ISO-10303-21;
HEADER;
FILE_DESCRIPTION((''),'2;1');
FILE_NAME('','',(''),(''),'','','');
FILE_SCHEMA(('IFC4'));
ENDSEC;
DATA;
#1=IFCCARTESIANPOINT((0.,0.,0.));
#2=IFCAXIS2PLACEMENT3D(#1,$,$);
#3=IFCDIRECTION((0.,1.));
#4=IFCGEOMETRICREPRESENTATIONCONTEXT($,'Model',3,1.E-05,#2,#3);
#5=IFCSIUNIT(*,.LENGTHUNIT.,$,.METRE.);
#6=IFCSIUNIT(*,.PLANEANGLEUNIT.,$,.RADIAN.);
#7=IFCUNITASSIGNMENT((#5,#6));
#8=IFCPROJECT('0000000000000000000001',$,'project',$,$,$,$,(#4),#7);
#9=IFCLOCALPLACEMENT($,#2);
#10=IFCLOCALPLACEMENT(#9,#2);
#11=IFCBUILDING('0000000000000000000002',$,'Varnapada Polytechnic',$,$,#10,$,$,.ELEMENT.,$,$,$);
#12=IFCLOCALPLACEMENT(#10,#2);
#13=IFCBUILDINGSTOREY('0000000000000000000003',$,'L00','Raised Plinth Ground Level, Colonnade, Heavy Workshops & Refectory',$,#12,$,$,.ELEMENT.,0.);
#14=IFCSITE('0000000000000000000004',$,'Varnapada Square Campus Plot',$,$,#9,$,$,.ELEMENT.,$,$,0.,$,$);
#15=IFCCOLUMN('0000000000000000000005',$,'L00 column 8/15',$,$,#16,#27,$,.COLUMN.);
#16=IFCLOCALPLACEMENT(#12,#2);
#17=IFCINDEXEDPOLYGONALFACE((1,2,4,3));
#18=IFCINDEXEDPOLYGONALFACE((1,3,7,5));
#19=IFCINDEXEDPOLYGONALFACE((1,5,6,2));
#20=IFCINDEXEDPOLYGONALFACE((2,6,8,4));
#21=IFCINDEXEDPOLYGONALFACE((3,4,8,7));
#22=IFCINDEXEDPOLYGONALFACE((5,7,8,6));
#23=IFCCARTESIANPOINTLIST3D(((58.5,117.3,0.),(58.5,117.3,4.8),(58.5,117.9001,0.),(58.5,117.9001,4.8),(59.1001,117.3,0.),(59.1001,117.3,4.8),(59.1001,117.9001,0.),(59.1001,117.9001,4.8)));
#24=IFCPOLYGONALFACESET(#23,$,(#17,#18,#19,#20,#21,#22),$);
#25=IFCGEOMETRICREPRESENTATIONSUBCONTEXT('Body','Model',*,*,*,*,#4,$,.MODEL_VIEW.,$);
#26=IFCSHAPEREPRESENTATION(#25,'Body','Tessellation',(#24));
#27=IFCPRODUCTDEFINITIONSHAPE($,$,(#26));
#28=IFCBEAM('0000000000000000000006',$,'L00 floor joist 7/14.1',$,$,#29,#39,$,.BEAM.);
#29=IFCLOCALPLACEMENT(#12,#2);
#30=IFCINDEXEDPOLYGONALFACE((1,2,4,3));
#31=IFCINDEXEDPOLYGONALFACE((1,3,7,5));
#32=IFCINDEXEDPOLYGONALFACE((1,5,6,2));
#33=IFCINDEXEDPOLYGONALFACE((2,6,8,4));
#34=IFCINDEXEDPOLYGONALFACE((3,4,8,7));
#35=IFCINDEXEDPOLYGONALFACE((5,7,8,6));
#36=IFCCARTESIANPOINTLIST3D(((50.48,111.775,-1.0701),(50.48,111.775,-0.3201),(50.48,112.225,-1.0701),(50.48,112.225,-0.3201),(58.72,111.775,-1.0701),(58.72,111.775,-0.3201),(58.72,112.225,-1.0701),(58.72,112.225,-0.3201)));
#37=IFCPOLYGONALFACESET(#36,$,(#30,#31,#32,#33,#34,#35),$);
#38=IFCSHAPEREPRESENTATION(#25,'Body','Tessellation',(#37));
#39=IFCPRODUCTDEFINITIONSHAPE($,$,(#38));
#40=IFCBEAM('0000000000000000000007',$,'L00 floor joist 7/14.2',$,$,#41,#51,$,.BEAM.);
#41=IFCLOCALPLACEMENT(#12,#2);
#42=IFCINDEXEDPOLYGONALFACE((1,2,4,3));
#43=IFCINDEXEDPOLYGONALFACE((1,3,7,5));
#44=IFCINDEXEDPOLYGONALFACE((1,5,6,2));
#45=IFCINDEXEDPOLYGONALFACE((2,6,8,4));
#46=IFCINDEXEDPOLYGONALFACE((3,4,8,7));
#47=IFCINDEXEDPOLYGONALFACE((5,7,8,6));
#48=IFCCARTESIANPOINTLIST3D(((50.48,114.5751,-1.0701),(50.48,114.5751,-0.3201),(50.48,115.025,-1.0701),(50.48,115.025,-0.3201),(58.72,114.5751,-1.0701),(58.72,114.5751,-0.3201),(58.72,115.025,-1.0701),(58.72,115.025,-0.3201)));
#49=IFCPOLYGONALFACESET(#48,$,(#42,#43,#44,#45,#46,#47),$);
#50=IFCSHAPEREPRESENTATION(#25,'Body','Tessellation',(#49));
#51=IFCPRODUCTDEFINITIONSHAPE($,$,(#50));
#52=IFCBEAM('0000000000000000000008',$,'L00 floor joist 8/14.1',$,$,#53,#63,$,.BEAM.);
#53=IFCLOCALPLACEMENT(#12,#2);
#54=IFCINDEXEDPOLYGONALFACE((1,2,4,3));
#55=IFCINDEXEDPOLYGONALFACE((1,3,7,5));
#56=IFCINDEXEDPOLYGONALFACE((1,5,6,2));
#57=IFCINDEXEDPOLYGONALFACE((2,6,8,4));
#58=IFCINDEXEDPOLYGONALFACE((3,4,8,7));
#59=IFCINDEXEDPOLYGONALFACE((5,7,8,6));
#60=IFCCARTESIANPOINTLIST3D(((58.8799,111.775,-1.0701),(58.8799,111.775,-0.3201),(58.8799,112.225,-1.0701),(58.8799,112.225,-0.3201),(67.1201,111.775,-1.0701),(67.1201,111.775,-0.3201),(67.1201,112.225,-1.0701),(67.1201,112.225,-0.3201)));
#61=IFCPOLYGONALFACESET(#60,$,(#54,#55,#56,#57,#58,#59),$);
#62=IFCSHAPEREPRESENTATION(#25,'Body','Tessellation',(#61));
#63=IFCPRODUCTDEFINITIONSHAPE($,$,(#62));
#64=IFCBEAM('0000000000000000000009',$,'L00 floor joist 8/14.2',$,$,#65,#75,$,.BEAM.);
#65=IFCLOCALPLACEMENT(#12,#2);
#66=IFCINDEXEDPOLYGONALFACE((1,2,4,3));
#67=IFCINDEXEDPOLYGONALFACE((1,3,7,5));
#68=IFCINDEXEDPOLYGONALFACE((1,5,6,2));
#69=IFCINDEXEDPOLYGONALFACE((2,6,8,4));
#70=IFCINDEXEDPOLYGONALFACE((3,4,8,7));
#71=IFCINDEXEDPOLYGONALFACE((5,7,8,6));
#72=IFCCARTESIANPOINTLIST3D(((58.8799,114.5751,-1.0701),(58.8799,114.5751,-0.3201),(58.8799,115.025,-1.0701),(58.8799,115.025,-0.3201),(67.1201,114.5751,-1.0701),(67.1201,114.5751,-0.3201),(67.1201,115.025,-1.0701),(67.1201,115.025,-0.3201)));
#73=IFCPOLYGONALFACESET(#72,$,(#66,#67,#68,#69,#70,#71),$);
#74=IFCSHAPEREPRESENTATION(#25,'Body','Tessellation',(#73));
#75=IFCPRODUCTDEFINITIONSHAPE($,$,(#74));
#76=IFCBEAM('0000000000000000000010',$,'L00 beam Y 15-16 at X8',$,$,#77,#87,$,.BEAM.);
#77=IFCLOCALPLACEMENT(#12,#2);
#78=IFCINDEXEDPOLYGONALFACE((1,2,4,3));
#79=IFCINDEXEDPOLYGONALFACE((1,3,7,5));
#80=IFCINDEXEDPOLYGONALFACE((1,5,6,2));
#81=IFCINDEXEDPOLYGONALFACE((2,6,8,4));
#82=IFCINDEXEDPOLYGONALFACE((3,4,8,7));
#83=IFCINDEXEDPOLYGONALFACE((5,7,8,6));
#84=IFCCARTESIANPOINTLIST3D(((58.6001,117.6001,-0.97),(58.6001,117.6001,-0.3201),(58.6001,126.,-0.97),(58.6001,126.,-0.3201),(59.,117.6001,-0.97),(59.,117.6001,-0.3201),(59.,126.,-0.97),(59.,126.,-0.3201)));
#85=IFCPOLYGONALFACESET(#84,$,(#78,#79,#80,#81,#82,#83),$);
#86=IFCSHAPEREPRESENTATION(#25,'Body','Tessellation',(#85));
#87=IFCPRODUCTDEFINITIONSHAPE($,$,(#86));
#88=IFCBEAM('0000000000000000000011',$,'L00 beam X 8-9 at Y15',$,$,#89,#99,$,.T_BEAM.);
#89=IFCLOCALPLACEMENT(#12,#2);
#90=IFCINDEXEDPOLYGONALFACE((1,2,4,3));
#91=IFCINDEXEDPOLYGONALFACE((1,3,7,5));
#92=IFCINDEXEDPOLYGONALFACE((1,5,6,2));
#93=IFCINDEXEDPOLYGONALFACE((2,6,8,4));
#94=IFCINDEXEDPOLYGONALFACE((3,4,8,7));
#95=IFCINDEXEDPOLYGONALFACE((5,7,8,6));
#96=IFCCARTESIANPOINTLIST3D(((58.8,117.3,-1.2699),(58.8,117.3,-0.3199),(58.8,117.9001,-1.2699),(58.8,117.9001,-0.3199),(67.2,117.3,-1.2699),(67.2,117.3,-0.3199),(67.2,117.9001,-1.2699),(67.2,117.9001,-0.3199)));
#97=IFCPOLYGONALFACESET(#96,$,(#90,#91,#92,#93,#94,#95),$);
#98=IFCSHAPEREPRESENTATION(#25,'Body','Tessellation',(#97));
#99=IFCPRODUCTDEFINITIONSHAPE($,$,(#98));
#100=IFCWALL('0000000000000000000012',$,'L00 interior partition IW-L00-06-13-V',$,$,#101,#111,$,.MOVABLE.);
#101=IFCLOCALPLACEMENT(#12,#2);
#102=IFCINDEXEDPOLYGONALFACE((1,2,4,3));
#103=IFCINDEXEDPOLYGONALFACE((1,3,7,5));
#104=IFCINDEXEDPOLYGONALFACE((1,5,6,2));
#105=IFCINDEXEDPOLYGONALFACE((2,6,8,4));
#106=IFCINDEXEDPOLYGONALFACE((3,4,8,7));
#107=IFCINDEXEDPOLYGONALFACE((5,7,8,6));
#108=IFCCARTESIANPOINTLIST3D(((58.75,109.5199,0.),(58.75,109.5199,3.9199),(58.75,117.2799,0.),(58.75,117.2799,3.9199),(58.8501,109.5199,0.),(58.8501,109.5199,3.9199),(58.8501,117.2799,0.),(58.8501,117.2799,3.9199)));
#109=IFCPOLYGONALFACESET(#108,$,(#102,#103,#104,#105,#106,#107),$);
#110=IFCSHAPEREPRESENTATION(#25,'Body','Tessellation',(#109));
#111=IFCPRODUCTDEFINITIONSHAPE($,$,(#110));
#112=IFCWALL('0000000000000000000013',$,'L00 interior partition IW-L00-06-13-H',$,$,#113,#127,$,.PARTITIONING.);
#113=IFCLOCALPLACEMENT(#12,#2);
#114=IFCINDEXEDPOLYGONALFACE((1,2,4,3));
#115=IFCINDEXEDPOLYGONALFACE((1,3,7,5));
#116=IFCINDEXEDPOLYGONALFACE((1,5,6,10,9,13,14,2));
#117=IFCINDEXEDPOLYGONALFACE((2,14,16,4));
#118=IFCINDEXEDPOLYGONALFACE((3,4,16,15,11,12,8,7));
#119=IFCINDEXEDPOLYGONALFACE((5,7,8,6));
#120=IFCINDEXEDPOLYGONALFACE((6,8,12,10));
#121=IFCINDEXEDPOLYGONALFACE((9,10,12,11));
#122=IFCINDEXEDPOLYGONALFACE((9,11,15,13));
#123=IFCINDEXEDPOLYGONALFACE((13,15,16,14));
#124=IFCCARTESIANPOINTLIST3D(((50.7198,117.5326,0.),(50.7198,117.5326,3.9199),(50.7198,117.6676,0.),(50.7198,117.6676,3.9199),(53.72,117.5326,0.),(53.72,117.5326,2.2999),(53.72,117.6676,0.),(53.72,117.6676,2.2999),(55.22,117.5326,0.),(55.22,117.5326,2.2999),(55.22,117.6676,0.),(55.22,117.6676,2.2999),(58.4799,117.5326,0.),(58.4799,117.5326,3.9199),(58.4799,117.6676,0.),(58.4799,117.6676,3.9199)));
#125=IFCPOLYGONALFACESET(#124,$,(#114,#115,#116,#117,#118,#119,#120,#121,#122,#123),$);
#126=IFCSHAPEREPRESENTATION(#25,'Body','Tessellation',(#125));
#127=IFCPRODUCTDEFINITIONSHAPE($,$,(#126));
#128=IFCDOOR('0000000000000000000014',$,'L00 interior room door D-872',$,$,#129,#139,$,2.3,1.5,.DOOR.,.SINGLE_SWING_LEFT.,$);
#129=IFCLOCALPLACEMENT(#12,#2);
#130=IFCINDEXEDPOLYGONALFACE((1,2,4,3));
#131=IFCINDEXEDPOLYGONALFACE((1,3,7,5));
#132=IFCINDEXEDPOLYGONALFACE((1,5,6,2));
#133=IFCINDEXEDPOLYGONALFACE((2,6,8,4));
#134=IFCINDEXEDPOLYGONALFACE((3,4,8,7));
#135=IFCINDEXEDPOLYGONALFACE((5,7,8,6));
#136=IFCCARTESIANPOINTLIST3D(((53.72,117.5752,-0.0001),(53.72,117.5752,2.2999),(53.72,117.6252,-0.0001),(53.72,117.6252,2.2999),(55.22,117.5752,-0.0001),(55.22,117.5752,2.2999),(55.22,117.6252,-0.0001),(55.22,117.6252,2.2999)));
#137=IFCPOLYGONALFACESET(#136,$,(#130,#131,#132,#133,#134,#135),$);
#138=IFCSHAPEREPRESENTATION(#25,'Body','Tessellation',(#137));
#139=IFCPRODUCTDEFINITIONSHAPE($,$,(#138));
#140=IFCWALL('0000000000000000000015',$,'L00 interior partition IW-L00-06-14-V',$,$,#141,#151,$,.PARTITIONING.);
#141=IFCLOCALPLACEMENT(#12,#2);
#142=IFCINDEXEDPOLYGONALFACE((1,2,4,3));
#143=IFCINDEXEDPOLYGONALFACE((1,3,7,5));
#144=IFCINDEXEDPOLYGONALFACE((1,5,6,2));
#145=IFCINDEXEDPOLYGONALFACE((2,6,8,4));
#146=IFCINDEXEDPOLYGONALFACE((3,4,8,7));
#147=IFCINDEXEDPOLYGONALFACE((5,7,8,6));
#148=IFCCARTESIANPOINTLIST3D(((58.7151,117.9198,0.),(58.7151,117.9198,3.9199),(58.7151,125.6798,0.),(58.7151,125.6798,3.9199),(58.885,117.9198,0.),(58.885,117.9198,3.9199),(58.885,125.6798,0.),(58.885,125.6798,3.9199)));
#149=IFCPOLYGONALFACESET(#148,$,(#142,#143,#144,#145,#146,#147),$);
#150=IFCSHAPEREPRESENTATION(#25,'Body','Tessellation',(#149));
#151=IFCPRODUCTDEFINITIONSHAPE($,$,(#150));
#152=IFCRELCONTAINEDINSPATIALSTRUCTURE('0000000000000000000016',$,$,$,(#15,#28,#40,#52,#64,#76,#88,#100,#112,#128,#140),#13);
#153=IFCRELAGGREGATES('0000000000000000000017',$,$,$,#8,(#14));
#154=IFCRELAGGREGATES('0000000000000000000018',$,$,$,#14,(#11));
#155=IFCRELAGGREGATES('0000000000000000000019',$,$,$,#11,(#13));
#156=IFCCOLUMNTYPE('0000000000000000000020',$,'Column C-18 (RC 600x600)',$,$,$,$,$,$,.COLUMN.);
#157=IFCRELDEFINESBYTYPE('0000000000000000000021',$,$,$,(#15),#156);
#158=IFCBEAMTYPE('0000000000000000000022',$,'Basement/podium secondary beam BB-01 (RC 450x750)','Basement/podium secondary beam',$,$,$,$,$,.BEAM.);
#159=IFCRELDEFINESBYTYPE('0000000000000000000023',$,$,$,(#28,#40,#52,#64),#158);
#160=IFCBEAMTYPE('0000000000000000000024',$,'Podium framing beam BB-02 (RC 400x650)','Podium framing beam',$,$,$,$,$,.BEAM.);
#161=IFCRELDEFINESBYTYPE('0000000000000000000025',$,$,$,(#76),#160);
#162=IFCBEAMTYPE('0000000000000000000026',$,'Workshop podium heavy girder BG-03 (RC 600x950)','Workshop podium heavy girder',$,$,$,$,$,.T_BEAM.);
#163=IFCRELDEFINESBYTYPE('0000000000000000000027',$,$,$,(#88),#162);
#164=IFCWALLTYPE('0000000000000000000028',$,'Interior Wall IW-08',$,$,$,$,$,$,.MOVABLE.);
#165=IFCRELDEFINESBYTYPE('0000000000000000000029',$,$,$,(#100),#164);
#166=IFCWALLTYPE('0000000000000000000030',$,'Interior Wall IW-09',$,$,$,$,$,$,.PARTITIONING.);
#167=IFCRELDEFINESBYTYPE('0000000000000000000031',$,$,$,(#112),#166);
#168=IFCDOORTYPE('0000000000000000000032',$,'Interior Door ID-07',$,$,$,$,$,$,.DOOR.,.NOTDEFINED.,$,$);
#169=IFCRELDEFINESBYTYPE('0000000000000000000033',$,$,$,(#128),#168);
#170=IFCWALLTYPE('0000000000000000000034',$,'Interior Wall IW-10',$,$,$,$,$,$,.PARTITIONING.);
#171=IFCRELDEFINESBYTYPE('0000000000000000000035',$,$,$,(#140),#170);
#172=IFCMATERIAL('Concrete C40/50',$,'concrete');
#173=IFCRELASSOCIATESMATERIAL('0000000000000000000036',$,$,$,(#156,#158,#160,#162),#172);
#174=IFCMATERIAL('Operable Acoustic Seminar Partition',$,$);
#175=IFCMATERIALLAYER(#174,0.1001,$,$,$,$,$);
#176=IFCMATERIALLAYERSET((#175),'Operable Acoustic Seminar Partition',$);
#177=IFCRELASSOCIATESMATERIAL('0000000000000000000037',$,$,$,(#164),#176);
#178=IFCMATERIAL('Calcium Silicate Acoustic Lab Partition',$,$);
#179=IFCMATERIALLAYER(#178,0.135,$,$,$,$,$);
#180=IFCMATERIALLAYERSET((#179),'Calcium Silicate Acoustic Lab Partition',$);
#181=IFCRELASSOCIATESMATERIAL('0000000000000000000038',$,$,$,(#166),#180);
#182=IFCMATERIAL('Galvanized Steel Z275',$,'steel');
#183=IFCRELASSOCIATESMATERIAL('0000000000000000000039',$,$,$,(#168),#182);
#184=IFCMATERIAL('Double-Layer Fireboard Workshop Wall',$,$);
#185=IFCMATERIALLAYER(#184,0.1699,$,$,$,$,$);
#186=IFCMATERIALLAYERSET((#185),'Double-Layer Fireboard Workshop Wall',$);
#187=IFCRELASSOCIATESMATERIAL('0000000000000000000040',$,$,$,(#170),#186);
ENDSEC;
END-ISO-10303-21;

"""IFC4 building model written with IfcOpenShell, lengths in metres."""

from ifc_helpers import new_model, si_unit, direction, frame, frame_2d, origin, origin_2d, place, context, subcontext, project, spatial, rectangle, extrude, material, layer, layer_set, material_profile, profile_set, type_object, element, fill, save


model = new_model("IFC4")

# Units and contexts
model_context = context("Model", 3, precision=1e-05, world=origin(), true_north=direction((0.0, 1.0)))
body_context = subcontext(model_context, "Body", "Model", "MODEL_VIEW")
ifc_project = project(units=[si_unit("LENGTHUNIT", "METRE"), si_unit("PLANEANGLEUNIT", "RADIAN")], contexts=[model_context])

# Site, building, storey
site_placement = place(None, origin())
site = spatial("IfcSite", under=ifc_project, at=site_placement, Name="Varnapada Square Campus Plot", CompositionType="ELEMENT", RefElevation=0.0)
building_placement = place(site_placement, origin())
building = spatial("IfcBuilding", under=site, at=building_placement, Name="Varnapada Polytechnic", CompositionType="ELEMENT")
storey_placement = place(building_placement, origin())
storey = spatial("IfcBuildingStorey", under=building, at=storey_placement, Name="L00", Description="Raised Plinth Ground Level, Colonnade, Heavy Workshops & Refectory", CompositionType="ELEMENT", Elevation=0.0)

# Column
ifc_material_1 = material(Name="Concrete C40/50", Category="concrete")
ifc_material_profile_1 = material_profile(ifc_material_1, rectangle(XDim=0.6001, YDim=0.6001, at=origin_2d()), Name="RC 600x600")
ifc_profile_set_1 = profile_set([ifc_material_profile_1], Name="Concrete C40/50")
column_type = type_object("IfcColumnType", Name="Column C-18 (RC 600x600)", PredefinedType="COLUMN", material=ifc_profile_set_1)
column_placement = place(storey_placement, frame((58.8, 117.6001, 0.0), z_axis=(0.0, 0.0, 1.0), x_axis=(1.0, 0.0, 0.0)))
element("IfcColumn", 1, at=column_placement, inside=storey, type_object=column_type, Name="L00 column 8/15", PredefinedType="COLUMN", context=body_context, shape_type="SweptSolid", body=[
    extrude(rectangle(XDim=0.6001, YDim=0.6001, at=origin_2d()), origin(), (0.0, 0.0, 1.0), 4.8),
])

# Beams
ifc_material_profile_2 = material_profile(ifc_material_1, rectangle(XDim=0.45, YDim=0.75, at=origin_2d()), Name="RC 450x750")
ifc_profile_set_2 = profile_set([ifc_material_profile_2], Name="Concrete C40/50")
beam_type_1 = type_object("IfcBeamType", Name="Basement/podium secondary beam BB-01 (RC 450x750)", Description="Basement/podium secondary beam", PredefinedType="BEAM", material=ifc_profile_set_2)
for number, where, z_axis, x_axis, name in (
    (2, (50.48, 112.0, -0.6951), (1.0, 0.0, 0.0), (0.0, 1.0, 0.0), "L00 floor joist 7/14.1"),
    (3, (50.48, 114.8, -0.6951), (1.0, 0.0, 0.0), (0.0, 1.0, 0.0), "L00 floor joist 7/14.2"),
):
    element("IfcBeam", number, at=place(storey_placement, frame(where, z_axis=z_axis, x_axis=x_axis)), inside=storey, type_object=beam_type_1, Name=name, PredefinedType="BEAM", context=body_context, shape_type="SweptSolid", body=[
        extrude(rectangle(XDim=0.45, YDim=0.75, at=origin_2d()), origin(), (0.0, 0.0, 1.0), 8.24),
    ])
for number, where, z_axis, x_axis, name in (
    (4, (58.8799, 112.0, -0.6951), (1.0, 0.0, 0.0), (0.0, 1.0, 0.0), "L00 floor joist 8/14.1"),
    (5, (58.8799, 114.8, -0.6951), (1.0, 0.0, 0.0), (0.0, 1.0, 0.0), "L00 floor joist 8/14.2"),
):
    element("IfcBeam", number, at=place(storey_placement, frame(where, z_axis=z_axis, x_axis=x_axis)), inside=storey, type_object=beam_type_1, Name=name, PredefinedType="BEAM", context=body_context, shape_type="SweptSolid", body=[
        extrude(rectangle(XDim=0.45, YDim=0.75, at=origin_2d()), origin(), (0.0, 0.0, 1.0), 8.2402),
    ])
ifc_material_profile_3 = material_profile(ifc_material_1, rectangle(XDim=0.3999, YDim=0.6499, at=origin_2d()), Name="RC 400x650")
ifc_profile_set_3 = profile_set([ifc_material_profile_3], Name="Concrete C40/50")
beam_type_2 = type_object("IfcBeamType", Name="Podium framing beam BB-02 (RC 400x650)", Description="Podium framing beam", PredefinedType="BEAM", material=ifc_profile_set_3)
beam_1_placement = place(storey_placement, frame((58.8, 117.6001, -0.645), z_axis=(0.0, 1.0, 0.0), x_axis=(-1.0, 0.0, 0.0)))
element("IfcBeam", 6, at=beam_1_placement, inside=storey, type_object=beam_type_2, Name="L00 beam Y 15-16 at X8", PredefinedType="BEAM", context=body_context, shape_type="SweptSolid", body=[
    extrude(rectangle(XDim=0.3999, YDim=0.6499, at=origin_2d()), origin(), (0.0, 0.0, 1.0), 8.3999),
])
ifc_material_profile_4 = material_profile(ifc_material_1, rectangle(XDim=0.6001, YDim=0.95, at=origin_2d()), Name="RC 600x950")
ifc_profile_set_4 = profile_set([ifc_material_profile_4], Name="Concrete C40/50")
beam_type_3 = type_object("IfcBeamType", Name="Workshop podium heavy girder BG-03 (RC 600x950)", Description="Workshop podium heavy girder", PredefinedType="T_BEAM", material=ifc_profile_set_4)
beam_2_placement = place(storey_placement, frame((58.8, 117.6001, -0.7949), z_axis=(1.0, 0.0, 0.0), x_axis=(0.0, 1.0, 0.0)))
element("IfcBeam", 7, at=beam_2_placement, inside=storey, type_object=beam_type_3, Name="L00 beam X 8-9 at Y15", PredefinedType="T_BEAM", context=body_context, shape_type="SweptSolid", body=[
    extrude(rectangle(XDim=0.6001, YDim=0.95, at=origin_2d()), origin(), (0.0, 0.0, 1.0), 8.3999),
])

# Wall
ifc_material_2 = material(Name="Operable Acoustic Seminar Partition")
ifc_layer_1 = layer(ifc_material_2, 0.1001)
ifc_layer_set_1 = layer_set([ifc_layer_1], Name="Operable Acoustic Seminar Partition")
wall_type_1 = type_object("IfcWallType", Name="Interior Wall IW-08", PredefinedType="MOVABLE", material=ifc_layer_set_1)
wall_1_placement = place(storey_placement, frame((58.8, 109.52, 0.0), z_axis=(0.0, 0.0, 1.0), x_axis=(0.0, 1.0, 0.0)))
element("IfcWall", 8, at=wall_1_placement, inside=storey, type_object=wall_type_1, Name="L00 interior partition IW-L00-06-13-V", PredefinedType="MOVABLE", context=body_context, shape_type="SweptSolid", body=[
    extrude(rectangle(XDim=7.76, YDim=0.1001, at=frame_2d((3.8799, 0.0))), origin(), (0.0, 0.0, 1.0), 3.9199),
])

# Wall, opening, door
ifc_material_3 = material(Name="Calcium Silicate Acoustic Lab Partition")
ifc_layer_2 = layer(ifc_material_3, 0.135)
ifc_layer_set_2 = layer_set([ifc_layer_2], Name="Calcium Silicate Acoustic Lab Partition")
wall_type_2 = type_object("IfcWallType", Name="Interior Wall IW-09", PredefinedType="PARTITIONING", material=ifc_layer_set_2)
wall_2_placement = place(storey_placement, frame((50.72, 117.6001, 0.0), z_axis=(0.0, 0.0, 1.0), x_axis=(1.0, 0.0, 0.0)))
wall_2 = element("IfcWall", 9, at=wall_2_placement, inside=storey, type_object=wall_type_2, Name="L00 interior partition IW-L00-06-13-H", PredefinedType="PARTITIONING", context=body_context, shape_type="SweptSolid", body=[
    extrude(rectangle(XDim=7.76, YDim=0.135, at=frame_2d((3.8799, 0.0))), origin(), (0.0, 0.0, 1.0), 3.9199),
])
opening_1_placement = place(wall_2_placement, frame((3.0, 0.0, 0.0)))
opening_1 = element("IfcOpeningElement", 10, at=opening_1_placement, cuts=wall_2, PredefinedType="OPENING", context=body_context, shape_type="SweptSolid", body=[
    extrude(rectangle(XDim=1.5, YDim=2.3, at=frame_2d((0.75, 1.1499))), frame((0.0, 0.0774, 0.0), z_axis=(0.0, -1.0, 0.0), x_axis=(1.0, 0.0, 0.0)), (0.0, 0.0, 1.0), 0.155),
])
ifc_material_4 = material(Name="Galvanized Steel Z275", Category="steel")
door_type_1 = type_object("IfcDoorType", Name="Interior Door ID-07", OperationType="NOTDEFINED", PredefinedType="DOOR", material=ifc_material_4)
door_1_placement = place(opening_1_placement, frame((1.5, 0.0, 0.0), z_axis=(0.0, 0.0, 1.0), x_axis=(-1.0, 0.0, 0.0)))
door_1 = element("IfcDoor", 11, at=door_1_placement, inside=storey, type_object=door_type_1, Name="L00 interior room door D-872", OperationType="SINGLE_SWING_LEFT", OverallHeight=2.3, OverallWidth=1.5, PredefinedType="DOOR", context=body_context, shape_type="SweptSolid", body=[
    extrude(rectangle(XDim=1.5, YDim=2.3, at=frame_2d((0.75, 1.1499))), frame((0.0, 0.0249, 0.0), z_axis=(0.0, -1.0, 0.0), x_axis=(1.0, 0.0, 0.0)), (0.0, 0.0, 1.0), 0.05),
])
fill(opening_1, door_1)

# Wall
ifc_material_5 = material(Name="Double-Layer Fireboard Workshop Wall")
ifc_layer_3 = layer(ifc_material_5, 0.1699)
ifc_layer_set_3 = layer_set([ifc_layer_3], Name="Double-Layer Fireboard Workshop Wall")
wall_type_3 = type_object("IfcWallType", Name="Interior Wall IW-10", PredefinedType="PARTITIONING", material=ifc_layer_set_3)
wall_3_placement = place(storey_placement, frame((58.8, 117.9199, 0.0), z_axis=(0.0, 0.0, 1.0), x_axis=(0.0, 1.0, 0.0)))
element("IfcWall", 12, at=wall_3_placement, inside=storey, type_object=wall_type_3, Name="L00 interior partition IW-L00-06-14-V", PredefinedType="PARTITIONING", context=body_context, shape_type="SweptSolid", body=[
    extrude(rectangle(XDim=7.76, YDim=0.1699, at=frame_2d((3.8799, 0.0))), origin(), (0.0, 0.0, 1.0), 3.9199),
])

save(model, "model.ifc")
